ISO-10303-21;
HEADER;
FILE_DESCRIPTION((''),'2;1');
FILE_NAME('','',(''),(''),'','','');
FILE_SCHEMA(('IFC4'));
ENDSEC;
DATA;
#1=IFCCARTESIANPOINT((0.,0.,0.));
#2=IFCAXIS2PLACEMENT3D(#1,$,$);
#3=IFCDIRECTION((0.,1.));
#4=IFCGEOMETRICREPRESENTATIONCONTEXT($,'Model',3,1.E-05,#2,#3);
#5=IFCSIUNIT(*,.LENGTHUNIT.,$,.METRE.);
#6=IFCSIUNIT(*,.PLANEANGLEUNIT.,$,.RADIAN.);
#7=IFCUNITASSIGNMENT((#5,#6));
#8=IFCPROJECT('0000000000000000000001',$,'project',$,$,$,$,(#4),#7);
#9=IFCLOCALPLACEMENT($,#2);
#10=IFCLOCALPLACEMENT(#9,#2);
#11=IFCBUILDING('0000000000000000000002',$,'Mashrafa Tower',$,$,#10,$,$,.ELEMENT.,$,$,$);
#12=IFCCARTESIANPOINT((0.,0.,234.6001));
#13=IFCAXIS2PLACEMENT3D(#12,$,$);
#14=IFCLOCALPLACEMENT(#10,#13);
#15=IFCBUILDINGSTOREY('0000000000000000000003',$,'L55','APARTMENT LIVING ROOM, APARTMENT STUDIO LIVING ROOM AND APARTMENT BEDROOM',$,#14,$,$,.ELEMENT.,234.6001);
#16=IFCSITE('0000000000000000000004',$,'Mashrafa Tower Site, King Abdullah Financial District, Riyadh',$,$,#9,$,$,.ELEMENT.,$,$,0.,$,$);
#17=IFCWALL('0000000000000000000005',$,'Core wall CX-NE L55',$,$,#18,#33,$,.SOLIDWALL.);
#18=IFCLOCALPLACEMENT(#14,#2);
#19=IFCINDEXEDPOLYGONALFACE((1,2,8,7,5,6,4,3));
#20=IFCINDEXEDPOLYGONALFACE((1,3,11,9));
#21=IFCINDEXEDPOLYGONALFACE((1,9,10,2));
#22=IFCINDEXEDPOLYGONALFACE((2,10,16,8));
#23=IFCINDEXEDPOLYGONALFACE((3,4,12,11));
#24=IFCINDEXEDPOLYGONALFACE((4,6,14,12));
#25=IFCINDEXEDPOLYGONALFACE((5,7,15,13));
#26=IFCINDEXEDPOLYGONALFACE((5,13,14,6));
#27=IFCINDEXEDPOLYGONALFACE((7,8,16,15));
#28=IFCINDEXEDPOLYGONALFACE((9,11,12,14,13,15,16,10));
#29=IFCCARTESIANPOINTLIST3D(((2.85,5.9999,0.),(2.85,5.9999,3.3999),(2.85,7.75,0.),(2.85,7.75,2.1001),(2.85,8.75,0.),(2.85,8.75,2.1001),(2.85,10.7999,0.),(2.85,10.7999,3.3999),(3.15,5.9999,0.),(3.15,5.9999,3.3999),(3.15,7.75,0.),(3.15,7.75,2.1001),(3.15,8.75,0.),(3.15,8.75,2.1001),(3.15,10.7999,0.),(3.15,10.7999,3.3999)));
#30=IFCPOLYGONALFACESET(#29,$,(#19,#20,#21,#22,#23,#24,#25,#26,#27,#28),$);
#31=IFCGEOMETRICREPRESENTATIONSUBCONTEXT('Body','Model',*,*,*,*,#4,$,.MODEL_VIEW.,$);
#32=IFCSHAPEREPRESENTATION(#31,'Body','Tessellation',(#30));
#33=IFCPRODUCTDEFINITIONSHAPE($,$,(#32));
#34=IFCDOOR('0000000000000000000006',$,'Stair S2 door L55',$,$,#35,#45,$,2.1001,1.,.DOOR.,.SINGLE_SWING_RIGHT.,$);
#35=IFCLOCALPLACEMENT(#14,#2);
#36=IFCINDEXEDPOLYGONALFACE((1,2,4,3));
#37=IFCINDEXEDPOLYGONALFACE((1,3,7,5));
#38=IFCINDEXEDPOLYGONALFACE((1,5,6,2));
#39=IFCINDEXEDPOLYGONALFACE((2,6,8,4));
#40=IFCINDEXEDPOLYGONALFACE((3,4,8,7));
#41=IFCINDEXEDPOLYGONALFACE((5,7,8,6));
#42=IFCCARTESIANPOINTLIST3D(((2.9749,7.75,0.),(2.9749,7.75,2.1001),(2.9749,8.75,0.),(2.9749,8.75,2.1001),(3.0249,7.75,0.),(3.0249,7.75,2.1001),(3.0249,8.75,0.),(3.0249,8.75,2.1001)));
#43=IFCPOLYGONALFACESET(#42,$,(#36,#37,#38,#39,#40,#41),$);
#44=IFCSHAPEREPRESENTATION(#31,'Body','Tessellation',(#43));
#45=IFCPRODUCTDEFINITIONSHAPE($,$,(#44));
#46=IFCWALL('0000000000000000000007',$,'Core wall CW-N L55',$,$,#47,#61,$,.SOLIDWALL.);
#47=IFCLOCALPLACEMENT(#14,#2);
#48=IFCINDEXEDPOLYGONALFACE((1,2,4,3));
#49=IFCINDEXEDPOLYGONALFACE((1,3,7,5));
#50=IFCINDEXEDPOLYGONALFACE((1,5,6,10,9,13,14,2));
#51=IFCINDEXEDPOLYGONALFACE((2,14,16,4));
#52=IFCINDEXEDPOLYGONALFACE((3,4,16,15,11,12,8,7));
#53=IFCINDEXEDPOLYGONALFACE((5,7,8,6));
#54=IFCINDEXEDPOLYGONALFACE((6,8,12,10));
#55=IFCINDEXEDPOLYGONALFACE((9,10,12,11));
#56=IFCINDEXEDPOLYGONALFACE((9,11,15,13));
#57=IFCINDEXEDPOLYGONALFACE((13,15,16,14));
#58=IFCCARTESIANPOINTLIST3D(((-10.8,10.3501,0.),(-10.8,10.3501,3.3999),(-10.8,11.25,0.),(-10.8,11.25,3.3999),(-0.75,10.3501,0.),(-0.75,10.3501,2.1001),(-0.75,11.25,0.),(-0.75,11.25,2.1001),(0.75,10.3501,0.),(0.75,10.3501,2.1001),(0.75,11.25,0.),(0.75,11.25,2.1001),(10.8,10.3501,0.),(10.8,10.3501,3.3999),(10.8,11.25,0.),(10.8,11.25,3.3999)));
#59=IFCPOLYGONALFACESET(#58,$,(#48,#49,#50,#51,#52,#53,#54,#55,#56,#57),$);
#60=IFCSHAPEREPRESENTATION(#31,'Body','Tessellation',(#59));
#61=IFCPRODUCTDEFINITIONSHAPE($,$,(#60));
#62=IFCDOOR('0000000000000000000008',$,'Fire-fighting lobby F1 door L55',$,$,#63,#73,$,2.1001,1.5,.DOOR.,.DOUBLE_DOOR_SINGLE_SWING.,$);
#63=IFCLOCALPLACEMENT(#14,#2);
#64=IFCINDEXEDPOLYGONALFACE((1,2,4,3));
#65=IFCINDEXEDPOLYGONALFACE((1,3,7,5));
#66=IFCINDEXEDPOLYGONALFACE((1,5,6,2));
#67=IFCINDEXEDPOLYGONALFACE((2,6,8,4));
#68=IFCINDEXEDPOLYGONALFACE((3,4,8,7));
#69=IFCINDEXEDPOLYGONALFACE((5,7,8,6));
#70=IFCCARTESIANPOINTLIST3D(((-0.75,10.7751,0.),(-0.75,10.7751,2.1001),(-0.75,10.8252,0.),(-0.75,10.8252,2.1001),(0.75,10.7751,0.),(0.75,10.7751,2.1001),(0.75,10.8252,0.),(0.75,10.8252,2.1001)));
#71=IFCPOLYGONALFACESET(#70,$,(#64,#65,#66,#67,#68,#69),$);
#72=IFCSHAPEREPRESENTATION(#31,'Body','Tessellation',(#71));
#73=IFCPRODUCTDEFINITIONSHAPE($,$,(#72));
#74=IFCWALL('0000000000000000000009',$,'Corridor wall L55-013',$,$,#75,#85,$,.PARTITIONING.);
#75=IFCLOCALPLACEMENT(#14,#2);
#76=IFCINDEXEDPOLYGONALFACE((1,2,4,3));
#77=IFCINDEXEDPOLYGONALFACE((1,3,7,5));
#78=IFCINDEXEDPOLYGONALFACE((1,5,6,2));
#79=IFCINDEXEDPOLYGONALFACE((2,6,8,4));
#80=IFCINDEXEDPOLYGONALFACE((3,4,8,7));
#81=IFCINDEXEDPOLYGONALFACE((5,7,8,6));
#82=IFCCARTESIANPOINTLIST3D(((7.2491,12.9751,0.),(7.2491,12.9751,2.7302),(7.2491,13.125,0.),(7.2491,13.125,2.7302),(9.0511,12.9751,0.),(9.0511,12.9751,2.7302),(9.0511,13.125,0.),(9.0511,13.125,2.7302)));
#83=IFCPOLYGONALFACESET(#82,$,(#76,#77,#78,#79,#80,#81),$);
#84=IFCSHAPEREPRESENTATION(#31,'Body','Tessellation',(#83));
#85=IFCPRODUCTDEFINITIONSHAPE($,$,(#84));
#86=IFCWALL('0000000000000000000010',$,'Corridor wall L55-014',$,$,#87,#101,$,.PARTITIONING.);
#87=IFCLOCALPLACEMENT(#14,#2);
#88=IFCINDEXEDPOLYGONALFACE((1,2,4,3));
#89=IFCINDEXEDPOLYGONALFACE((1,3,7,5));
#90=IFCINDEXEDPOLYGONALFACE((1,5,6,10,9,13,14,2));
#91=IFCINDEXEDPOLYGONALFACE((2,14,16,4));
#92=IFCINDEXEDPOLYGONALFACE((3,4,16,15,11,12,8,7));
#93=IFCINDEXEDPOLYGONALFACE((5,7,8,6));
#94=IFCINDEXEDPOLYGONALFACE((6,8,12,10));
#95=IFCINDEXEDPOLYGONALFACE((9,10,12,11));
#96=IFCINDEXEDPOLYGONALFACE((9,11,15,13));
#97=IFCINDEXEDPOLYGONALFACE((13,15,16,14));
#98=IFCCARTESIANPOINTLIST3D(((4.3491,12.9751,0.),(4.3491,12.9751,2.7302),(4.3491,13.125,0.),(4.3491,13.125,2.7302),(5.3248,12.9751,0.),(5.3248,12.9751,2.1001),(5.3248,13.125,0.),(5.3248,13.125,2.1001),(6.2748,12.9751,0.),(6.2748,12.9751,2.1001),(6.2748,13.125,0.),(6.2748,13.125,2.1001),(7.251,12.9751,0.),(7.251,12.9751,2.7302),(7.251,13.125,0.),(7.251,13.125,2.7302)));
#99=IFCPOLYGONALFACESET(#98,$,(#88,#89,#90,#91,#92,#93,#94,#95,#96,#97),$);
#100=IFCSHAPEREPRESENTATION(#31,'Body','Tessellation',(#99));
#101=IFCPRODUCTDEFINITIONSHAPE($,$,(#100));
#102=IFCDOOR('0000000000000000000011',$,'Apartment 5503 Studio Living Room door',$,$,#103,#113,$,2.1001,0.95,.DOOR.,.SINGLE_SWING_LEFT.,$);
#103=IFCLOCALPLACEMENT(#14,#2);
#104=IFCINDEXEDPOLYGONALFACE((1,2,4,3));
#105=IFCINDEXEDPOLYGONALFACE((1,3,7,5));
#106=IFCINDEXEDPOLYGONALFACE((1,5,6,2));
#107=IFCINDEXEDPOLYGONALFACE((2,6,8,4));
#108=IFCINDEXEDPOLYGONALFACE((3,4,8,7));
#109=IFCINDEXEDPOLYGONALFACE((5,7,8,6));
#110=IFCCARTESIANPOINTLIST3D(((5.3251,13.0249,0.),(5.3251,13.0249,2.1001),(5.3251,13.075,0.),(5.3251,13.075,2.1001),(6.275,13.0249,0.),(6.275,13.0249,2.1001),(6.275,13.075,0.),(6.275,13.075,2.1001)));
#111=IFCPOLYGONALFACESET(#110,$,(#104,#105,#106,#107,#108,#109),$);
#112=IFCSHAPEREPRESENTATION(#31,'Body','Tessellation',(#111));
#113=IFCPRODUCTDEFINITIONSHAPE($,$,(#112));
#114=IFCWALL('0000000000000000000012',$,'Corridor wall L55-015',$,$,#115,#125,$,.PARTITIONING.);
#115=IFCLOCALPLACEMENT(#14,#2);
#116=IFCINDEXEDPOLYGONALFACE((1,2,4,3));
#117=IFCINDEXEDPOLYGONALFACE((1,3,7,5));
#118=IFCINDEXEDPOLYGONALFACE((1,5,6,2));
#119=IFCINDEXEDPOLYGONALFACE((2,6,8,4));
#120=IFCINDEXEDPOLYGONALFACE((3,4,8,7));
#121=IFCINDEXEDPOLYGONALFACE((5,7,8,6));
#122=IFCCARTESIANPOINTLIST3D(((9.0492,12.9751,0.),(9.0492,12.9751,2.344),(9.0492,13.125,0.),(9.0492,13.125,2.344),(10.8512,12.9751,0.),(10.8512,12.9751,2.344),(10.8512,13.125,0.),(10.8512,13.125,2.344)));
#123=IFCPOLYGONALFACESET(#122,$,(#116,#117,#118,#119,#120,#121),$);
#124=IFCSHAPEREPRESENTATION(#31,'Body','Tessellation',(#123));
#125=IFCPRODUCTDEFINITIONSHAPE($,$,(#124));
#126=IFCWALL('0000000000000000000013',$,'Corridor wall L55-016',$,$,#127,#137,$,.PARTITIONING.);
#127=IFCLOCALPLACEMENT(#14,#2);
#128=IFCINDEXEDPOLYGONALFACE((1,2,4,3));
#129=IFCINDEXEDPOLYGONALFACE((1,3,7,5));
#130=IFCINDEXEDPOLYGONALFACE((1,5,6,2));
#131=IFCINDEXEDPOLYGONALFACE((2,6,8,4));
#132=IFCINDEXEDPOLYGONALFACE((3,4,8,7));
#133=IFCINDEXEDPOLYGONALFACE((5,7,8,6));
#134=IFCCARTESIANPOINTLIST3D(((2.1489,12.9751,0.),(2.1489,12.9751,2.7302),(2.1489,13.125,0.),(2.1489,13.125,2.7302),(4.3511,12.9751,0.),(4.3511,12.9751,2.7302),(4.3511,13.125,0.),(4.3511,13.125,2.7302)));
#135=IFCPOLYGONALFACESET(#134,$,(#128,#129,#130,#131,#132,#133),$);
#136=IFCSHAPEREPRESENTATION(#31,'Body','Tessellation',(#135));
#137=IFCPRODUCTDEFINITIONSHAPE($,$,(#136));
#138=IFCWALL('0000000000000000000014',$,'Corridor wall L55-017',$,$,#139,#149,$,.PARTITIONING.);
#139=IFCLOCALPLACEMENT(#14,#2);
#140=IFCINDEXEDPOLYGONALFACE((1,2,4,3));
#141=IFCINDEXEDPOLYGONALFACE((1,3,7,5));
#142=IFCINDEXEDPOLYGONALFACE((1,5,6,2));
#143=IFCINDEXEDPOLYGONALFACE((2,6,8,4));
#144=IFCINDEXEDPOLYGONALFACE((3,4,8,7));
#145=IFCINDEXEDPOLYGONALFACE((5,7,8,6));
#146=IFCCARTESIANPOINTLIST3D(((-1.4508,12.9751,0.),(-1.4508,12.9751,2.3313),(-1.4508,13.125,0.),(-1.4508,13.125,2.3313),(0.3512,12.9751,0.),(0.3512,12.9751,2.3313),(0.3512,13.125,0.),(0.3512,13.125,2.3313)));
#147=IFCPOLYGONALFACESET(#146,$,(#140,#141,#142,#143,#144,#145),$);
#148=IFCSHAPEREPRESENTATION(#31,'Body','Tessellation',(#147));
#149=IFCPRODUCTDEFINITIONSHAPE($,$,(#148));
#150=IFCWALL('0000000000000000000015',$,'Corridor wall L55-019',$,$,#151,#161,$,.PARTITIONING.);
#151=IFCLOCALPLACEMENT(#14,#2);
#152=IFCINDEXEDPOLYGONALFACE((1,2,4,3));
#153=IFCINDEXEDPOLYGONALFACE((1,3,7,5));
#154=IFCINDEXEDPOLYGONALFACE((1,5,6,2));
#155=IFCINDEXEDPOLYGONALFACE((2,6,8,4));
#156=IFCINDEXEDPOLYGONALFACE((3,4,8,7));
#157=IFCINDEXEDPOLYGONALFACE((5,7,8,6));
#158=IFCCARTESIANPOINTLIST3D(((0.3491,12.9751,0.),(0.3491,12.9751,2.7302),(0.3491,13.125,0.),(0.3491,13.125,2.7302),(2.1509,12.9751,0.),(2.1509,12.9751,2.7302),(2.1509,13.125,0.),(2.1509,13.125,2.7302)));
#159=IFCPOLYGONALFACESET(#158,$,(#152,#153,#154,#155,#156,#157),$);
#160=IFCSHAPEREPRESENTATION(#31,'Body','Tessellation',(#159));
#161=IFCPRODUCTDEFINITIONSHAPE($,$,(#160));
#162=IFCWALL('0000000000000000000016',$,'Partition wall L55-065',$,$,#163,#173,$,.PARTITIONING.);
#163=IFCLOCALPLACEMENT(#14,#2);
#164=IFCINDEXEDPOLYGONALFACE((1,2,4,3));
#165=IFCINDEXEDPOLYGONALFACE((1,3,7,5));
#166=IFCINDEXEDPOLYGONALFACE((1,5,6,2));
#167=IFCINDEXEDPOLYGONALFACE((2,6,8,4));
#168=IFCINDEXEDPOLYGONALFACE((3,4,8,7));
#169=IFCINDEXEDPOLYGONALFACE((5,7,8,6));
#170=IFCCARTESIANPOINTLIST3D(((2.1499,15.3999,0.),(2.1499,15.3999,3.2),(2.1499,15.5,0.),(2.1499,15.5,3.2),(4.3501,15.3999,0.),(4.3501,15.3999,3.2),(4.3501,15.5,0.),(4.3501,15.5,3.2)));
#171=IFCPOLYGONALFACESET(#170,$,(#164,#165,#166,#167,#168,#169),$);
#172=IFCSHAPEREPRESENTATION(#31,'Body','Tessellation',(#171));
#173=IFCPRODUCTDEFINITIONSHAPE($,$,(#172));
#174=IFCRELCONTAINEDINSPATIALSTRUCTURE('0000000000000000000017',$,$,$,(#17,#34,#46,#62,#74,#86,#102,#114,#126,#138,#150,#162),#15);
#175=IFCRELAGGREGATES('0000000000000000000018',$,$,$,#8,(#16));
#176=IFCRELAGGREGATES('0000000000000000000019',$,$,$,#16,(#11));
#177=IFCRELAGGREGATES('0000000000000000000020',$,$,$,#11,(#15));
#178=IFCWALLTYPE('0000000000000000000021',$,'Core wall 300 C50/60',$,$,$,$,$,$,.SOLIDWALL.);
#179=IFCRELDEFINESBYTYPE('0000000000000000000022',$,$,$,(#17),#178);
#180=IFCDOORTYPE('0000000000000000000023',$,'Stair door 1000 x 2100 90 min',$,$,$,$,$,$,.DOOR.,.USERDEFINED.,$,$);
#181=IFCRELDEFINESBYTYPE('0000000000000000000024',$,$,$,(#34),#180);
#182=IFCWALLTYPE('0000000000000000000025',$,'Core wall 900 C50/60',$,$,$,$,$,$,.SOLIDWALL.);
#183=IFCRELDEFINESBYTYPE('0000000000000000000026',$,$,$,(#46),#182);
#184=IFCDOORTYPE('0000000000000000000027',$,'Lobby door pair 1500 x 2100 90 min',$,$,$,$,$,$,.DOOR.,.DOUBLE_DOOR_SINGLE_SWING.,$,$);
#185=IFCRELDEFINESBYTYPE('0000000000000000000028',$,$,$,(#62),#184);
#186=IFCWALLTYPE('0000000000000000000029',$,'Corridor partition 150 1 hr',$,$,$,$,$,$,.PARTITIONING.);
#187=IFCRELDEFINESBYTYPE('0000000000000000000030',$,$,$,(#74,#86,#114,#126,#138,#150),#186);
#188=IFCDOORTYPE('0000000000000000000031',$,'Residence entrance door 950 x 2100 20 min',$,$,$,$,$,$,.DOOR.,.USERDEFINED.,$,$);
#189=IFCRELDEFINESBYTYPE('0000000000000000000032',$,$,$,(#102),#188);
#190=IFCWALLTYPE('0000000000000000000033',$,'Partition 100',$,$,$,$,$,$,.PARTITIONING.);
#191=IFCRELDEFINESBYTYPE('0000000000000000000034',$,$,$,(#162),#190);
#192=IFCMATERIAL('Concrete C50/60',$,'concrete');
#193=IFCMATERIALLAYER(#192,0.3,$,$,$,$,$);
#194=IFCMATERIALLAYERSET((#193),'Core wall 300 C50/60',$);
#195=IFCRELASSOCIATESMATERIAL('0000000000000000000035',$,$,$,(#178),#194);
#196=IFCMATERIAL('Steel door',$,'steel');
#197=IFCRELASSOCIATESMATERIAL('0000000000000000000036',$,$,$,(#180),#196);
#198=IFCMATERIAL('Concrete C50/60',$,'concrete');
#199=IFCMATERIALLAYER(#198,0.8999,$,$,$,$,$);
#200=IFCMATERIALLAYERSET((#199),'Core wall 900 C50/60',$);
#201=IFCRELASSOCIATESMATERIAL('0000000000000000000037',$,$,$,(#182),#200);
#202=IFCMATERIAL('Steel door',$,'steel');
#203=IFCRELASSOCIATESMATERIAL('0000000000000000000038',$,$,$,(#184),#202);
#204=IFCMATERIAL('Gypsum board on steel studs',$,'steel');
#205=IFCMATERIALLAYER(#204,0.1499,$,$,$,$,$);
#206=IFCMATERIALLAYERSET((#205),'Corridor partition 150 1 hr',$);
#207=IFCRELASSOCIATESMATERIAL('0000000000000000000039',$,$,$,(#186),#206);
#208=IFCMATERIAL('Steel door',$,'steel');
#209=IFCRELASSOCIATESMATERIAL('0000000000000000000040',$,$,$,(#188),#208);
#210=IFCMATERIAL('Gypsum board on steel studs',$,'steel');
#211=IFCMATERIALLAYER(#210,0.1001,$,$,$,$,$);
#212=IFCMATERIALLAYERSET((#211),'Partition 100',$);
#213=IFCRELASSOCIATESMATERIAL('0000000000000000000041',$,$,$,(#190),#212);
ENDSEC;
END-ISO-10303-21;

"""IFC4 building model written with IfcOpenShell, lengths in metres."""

from ifc_helpers import new_model, si_unit, direction, frame, frame_2d, origin, place, context, subcontext, project, spatial, rectangle, extrude, material, layer, layer_set, type_object, element, fill, save


model = new_model("IFC4")

# Units and contexts
model_context = context("Model", 3, precision=1e-05, world=origin(), true_north=direction((0.0, 1.0)))
body_context = subcontext(model_context, "Body", "Model", "MODEL_VIEW")
ifc_project = project(units=[si_unit("LENGTHUNIT", "METRE"), si_unit("PLANEANGLEUNIT", "RADIAN")], contexts=[model_context])

# Site, building, storey
site_placement = place(None, origin())
site = spatial("IfcSite", under=ifc_project, at=site_placement, Name="Mashrafa Tower Site, King Abdullah Financial District, Riyadh", CompositionType="ELEMENT", RefElevation=0.0)
building_placement = place(site_placement, origin())
building = spatial("IfcBuilding", under=site, at=building_placement, Name="Mashrafa Tower", CompositionType="ELEMENT")
storey_placement = place(building_placement, frame((0.0, 0.0, 234.6001)))
storey = spatial("IfcBuildingStorey", under=building, at=storey_placement, Name="L55", Description="APARTMENT LIVING ROOM, APARTMENT STUDIO LIVING ROOM AND APARTMENT BEDROOM", CompositionType="ELEMENT", Elevation=234.6001)

# Walls, openings, doors
ifc_material_1 = material(Name="Concrete C50/60", Category="concrete")
ifc_layer_1 = layer(ifc_material_1, 0.3)
ifc_layer_set_1 = layer_set([ifc_layer_1], Name="Core wall 300 C50/60")
wall_type_1 = type_object("IfcWallType", Name="Core wall 300 C50/60", PredefinedType="SOLIDWALL", material=ifc_layer_set_1)
wall_1_placement = place(storey_placement, frame((3.0, 6.0, 0.0), z_axis=(0.0, 0.0, 1.0), x_axis=(0.0, 1.0, 0.0)))
wall_1 = element("IfcWall", 1, at=wall_1_placement, inside=storey, type_object=wall_type_1, Name="Core wall CX-NE L55", PredefinedType="SOLIDWALL", context=body_context, shape_type="SweptSolid", body=[
    extrude(rectangle(XDim=4.8, YDim=0.3, at=frame_2d((2.3999, 0.0))), origin(), (0.0, 0.0, 1.0), 3.3999),
])
opening_1_placement = place(wall_1_placement, frame((1.75, 0.0, 0.0)))
opening_1 = element("IfcOpeningElement", 2, at=opening_1_placement, cuts=wall_1, PredefinedType="OPENING", context=body_context, shape_type="SweptSolid", body=[
    extrude(rectangle(XDim=1.0, YDim=2.1001, at=frame_2d((0.5, 1.05))), frame((0.0, 0.1599, 0.0), z_axis=(0.0, -1.0, 0.0), x_axis=(1.0, 0.0, 0.0)), (0.0, 0.0, 1.0), 0.3201),
])
ifc_material_2 = material(Name="Steel door", Category="steel")
door_type_1 = type_object("IfcDoorType", Name="Stair door 1000 x 2100 90 min", OperationType="USERDEFINED", PredefinedType="DOOR", material=ifc_material_2)
door_1_placement = place(opening_1_placement, frame((1.0, 0.0, 0.0), z_axis=(0.0, 0.0, 1.0), x_axis=(-1.0, 0.0, 0.0)))
door_1 = element("IfcDoor", 3, at=door_1_placement, inside=storey, type_object=door_type_1, Name="Stair S2 door L55", OperationType="SINGLE_SWING_RIGHT", OverallHeight=2.1001, OverallWidth=1.0, PredefinedType="DOOR", context=body_context, shape_type="SweptSolid", body=[
    extrude(rectangle(XDim=1.0, YDim=2.1001, at=frame_2d((0.5, 1.05))), frame((0.0, 0.0249, 0.0), z_axis=(0.0, -1.0, 0.0), x_axis=(1.0, 0.0, 0.0)), (0.0, 0.0, 1.0), 0.05),
])
fill(opening_1, door_1)
ifc_material_3 = material(Name="Concrete C50/60", Category="concrete")
ifc_layer_2 = layer(ifc_material_3, 0.8999)
ifc_layer_set_2 = layer_set([ifc_layer_2], Name="Core wall 900 C50/60")
wall_type_2 = type_object("IfcWallType", Name="Core wall 900 C50/60", PredefinedType="SOLIDWALL", material=ifc_layer_set_2)
wall_2_placement = place(storey_placement, frame((10.8, 10.8, 0.0), z_axis=(0.0, 0.0, 1.0), x_axis=(-1.0, 0.0, 0.0)))
wall_2 = element("IfcWall", 4, at=wall_2_placement, inside=storey, type_object=wall_type_2, Name="Core wall CW-N L55", PredefinedType="SOLIDWALL", context=body_context, shape_type="SweptSolid", body=[
    extrude(rectangle(XDim=21.6001, YDim=0.8999, at=frame_2d((10.8, 0.0))), origin(), (0.0, 0.0, 1.0), 3.3999),
])
opening_2_placement = place(wall_2_placement, frame((10.05, 0.0, 0.0)))
opening_2 = element("IfcOpeningElement", 5, at=opening_2_placement, cuts=wall_2, PredefinedType="OPENING", context=body_context, shape_type="SweptSolid", body=[
    extrude(rectangle(XDim=1.5, YDim=2.1001, at=frame_2d((0.75, 1.05))), frame((0.0, 0.46, 0.0), z_axis=(0.0, -1.0, 0.0), x_axis=(1.0, 0.0, 0.0)), (0.0, 0.0, 1.0), 0.9199),
])
ifc_material_4 = material(Name="Steel door", Category="steel")
door_type_2 = type_object("IfcDoorType", Name="Lobby door pair 1500 x 2100 90 min", OperationType="DOUBLE_DOOR_SINGLE_SWING", PredefinedType="DOOR", material=ifc_material_4)
door_2_placement = place(opening_2_placement, origin())
door_2 = element("IfcDoor", 6, at=door_2_placement, inside=storey, type_object=door_type_2, Name="Fire-fighting lobby F1 door L55", OperationType="DOUBLE_DOOR_SINGLE_SWING", OverallHeight=2.1001, OverallWidth=1.5, PredefinedType="DOOR", context=body_context, shape_type="SweptSolid", body=[
    extrude(rectangle(XDim=1.5, YDim=2.1001, at=frame_2d((0.75, 1.05))), frame((0.0, 0.0249, 0.0), z_axis=(0.0, -1.0, 0.0), x_axis=(1.0, 0.0, 0.0)), (0.0, 0.0, 1.0), 0.05),
])
fill(opening_2, door_2)

# Wall
ifc_material_5 = material(Name="Gypsum board on steel studs", Category="steel")
ifc_layer_3 = layer(ifc_material_5, 0.1499)
ifc_layer_set_3 = layer_set([ifc_layer_3], Name="Corridor partition 150 1 hr")
wall_type_3 = type_object("IfcWallType", Name="Corridor partition 150 1 hr", PredefinedType="PARTITIONING", material=ifc_layer_set_3)
wall_3_placement = place(storey_placement, frame((9.051, 13.05, 0.0), z_axis=(0.0, 0.0, 1.0), x_axis=(-1.0, 0.0, 0.0)))
element("IfcWall", 7, at=wall_3_placement, inside=storey, type_object=wall_type_3, Name="Corridor wall L55-013", PredefinedType="PARTITIONING", context=body_context, shape_type="SweptSolid", body=[
    extrude(rectangle(XDim=1.802, YDim=0.1499, at=frame_2d((0.9009, 0.0))), origin(), (0.0, 0.0, 1.0), 2.7302),
])

# Wall, opening, door
wall_4_placement = place(storey_placement, frame((7.251, 13.05, 0.0), z_axis=(0.0, 0.0, 1.0), x_axis=(-1.0, 0.0, 0.0)))
wall_4 = element("IfcWall", 8, at=wall_4_placement, inside=storey, type_object=wall_type_3, Name="Corridor wall L55-014", PredefinedType="PARTITIONING", context=body_context, shape_type="SweptSolid", body=[
    extrude(rectangle(XDim=2.9019, YDim=0.1499, at=frame_2d((1.4509, 0.0))), origin(), (0.0, 0.0, 1.0), 2.7302),
])
opening_3_placement = place(wall_4_placement, frame((0.9761, 0.0, 0.0)))
opening_3 = element("IfcOpeningElement", 9, at=opening_3_placement, cuts=wall_4, PredefinedType="OPENING", context=body_context, shape_type="SweptSolid", body=[
    extrude(rectangle(XDim=0.95, YDim=2.1001, at=frame_2d((0.4751, 1.05))), frame((0.0, 0.085, 0.0), z_axis=(0.0, -1.0, 0.0), x_axis=(1.0, 0.0, 0.0)), (0.0, 0.0, 1.0), 0.1699),
])
ifc_material_6 = material(Name="Steel door", Category="steel")
door_type_3 = type_object("IfcDoorType", Name="Residence entrance door 950 x 2100 20 min", OperationType="USERDEFINED", PredefinedType="DOOR", material=ifc_material_6)
door_3_placement = place(opening_3_placement, frame((0.95, 0.0, 0.0), z_axis=(0.0, 0.0, 1.0), x_axis=(-1.0, 0.0, 0.0)))
door_3 = element("IfcDoor", 10, at=door_3_placement, inside=storey, type_object=door_type_3, Name="Apartment 5503 Studio Living Room door", OperationType="SINGLE_SWING_LEFT", OverallHeight=2.1001, OverallWidth=0.95, PredefinedType="DOOR", context=body_context, shape_type="SweptSolid", body=[
    extrude(rectangle(XDim=0.95, YDim=2.1001, at=frame_2d((0.4751, 1.05))), frame((0.0, 0.0249, 0.0), z_axis=(0.0, -1.0, 0.0), x_axis=(1.0, 0.0, 0.0)), (0.0, 0.0, 1.0), 0.05),
])
fill(opening_3, door_3)

# Walls
wall_5_placement = place(storey_placement, frame((10.8511, 13.05, 0.0), z_axis=(0.0, 0.0, 1.0), x_axis=(-1.0, 0.0, 0.0)))
element("IfcWall", 11, at=wall_5_placement, inside=storey, type_object=wall_type_3, Name="Corridor wall L55-015", PredefinedType="PARTITIONING", context=body_context, shape_type="SweptSolid", body=[
    extrude(rectangle(XDim=1.802, YDim=0.1499, at=frame_2d((0.9009, 0.0))), origin(), (0.0, 0.0, 1.0), 2.344),
])
wall_6_placement = place(storey_placement, frame((4.3511, 13.05, 0.0), z_axis=(0.0, 0.0, 1.0), x_axis=(-1.0, 0.0, 0.0)))
element("IfcWall", 12, at=wall_6_placement, inside=storey, type_object=wall_type_3, Name="Corridor wall L55-016", PredefinedType="PARTITIONING", context=body_context, shape_type="SweptSolid", body=[
    extrude(rectangle(XDim=2.2021, YDim=0.1499, at=frame_2d((1.1011, 0.0))), origin(), (0.0, 0.0, 1.0), 2.7302),
])
wall_7_placement = place(storey_placement, frame((0.3511, 13.05, 0.0), z_axis=(0.0, 0.0, 1.0), x_axis=(-1.0, 0.0, 0.0)))
element("IfcWall", 13, at=wall_7_placement, inside=storey, type_object=wall_type_3, Name="Corridor wall L55-017", PredefinedType="PARTITIONING", context=body_context, shape_type="SweptSolid", body=[
    extrude(rectangle(XDim=1.802, YDim=0.1499, at=frame_2d((0.9009, 0.0))), origin(), (0.0, 0.0, 1.0), 2.3313),
])
wall_8_placement = place(storey_placement, frame((2.1509, 13.05, 0.0), z_axis=(0.0, 0.0, 1.0), x_axis=(-1.0, 0.0, 0.0)))
element("IfcWall", 14, at=wall_8_placement, inside=storey, type_object=wall_type_3, Name="Corridor wall L55-019", PredefinedType="PARTITIONING", context=body_context, shape_type="SweptSolid", body=[
    extrude(rectangle(XDim=1.8018, YDim=0.1499, at=frame_2d((0.9009, 0.0))), origin(), (0.0, 0.0, 1.0), 2.7302),
])
ifc_material_7 = material(Name="Gypsum board on steel studs", Category="steel")
ifc_layer_4 = layer(ifc_material_7, 0.1001)
ifc_layer_set_4 = layer_set([ifc_layer_4], Name="Partition 100")
wall_type_4 = type_object("IfcWallType", Name="Partition 100", PredefinedType="PARTITIONING", material=ifc_layer_set_4)
wall_9_placement = place(storey_placement, frame((4.3501, 15.45, 0.0), z_axis=(0.0, 0.0, 1.0), x_axis=(-1.0, 0.0, 0.0)))
element("IfcWall", 15, at=wall_9_placement, inside=storey, type_object=wall_type_4, Name="Partition wall L55-065", PredefinedType="PARTITIONING", context=body_context, shape_type="SweptSolid", body=[
    extrude(rectangle(XDim=2.2002, YDim=0.1001, at=frame_2d((1.1001, 0.0))), origin(), (0.0, 0.0, 1.0), 3.2),
])

save(model, "model.ifc")
